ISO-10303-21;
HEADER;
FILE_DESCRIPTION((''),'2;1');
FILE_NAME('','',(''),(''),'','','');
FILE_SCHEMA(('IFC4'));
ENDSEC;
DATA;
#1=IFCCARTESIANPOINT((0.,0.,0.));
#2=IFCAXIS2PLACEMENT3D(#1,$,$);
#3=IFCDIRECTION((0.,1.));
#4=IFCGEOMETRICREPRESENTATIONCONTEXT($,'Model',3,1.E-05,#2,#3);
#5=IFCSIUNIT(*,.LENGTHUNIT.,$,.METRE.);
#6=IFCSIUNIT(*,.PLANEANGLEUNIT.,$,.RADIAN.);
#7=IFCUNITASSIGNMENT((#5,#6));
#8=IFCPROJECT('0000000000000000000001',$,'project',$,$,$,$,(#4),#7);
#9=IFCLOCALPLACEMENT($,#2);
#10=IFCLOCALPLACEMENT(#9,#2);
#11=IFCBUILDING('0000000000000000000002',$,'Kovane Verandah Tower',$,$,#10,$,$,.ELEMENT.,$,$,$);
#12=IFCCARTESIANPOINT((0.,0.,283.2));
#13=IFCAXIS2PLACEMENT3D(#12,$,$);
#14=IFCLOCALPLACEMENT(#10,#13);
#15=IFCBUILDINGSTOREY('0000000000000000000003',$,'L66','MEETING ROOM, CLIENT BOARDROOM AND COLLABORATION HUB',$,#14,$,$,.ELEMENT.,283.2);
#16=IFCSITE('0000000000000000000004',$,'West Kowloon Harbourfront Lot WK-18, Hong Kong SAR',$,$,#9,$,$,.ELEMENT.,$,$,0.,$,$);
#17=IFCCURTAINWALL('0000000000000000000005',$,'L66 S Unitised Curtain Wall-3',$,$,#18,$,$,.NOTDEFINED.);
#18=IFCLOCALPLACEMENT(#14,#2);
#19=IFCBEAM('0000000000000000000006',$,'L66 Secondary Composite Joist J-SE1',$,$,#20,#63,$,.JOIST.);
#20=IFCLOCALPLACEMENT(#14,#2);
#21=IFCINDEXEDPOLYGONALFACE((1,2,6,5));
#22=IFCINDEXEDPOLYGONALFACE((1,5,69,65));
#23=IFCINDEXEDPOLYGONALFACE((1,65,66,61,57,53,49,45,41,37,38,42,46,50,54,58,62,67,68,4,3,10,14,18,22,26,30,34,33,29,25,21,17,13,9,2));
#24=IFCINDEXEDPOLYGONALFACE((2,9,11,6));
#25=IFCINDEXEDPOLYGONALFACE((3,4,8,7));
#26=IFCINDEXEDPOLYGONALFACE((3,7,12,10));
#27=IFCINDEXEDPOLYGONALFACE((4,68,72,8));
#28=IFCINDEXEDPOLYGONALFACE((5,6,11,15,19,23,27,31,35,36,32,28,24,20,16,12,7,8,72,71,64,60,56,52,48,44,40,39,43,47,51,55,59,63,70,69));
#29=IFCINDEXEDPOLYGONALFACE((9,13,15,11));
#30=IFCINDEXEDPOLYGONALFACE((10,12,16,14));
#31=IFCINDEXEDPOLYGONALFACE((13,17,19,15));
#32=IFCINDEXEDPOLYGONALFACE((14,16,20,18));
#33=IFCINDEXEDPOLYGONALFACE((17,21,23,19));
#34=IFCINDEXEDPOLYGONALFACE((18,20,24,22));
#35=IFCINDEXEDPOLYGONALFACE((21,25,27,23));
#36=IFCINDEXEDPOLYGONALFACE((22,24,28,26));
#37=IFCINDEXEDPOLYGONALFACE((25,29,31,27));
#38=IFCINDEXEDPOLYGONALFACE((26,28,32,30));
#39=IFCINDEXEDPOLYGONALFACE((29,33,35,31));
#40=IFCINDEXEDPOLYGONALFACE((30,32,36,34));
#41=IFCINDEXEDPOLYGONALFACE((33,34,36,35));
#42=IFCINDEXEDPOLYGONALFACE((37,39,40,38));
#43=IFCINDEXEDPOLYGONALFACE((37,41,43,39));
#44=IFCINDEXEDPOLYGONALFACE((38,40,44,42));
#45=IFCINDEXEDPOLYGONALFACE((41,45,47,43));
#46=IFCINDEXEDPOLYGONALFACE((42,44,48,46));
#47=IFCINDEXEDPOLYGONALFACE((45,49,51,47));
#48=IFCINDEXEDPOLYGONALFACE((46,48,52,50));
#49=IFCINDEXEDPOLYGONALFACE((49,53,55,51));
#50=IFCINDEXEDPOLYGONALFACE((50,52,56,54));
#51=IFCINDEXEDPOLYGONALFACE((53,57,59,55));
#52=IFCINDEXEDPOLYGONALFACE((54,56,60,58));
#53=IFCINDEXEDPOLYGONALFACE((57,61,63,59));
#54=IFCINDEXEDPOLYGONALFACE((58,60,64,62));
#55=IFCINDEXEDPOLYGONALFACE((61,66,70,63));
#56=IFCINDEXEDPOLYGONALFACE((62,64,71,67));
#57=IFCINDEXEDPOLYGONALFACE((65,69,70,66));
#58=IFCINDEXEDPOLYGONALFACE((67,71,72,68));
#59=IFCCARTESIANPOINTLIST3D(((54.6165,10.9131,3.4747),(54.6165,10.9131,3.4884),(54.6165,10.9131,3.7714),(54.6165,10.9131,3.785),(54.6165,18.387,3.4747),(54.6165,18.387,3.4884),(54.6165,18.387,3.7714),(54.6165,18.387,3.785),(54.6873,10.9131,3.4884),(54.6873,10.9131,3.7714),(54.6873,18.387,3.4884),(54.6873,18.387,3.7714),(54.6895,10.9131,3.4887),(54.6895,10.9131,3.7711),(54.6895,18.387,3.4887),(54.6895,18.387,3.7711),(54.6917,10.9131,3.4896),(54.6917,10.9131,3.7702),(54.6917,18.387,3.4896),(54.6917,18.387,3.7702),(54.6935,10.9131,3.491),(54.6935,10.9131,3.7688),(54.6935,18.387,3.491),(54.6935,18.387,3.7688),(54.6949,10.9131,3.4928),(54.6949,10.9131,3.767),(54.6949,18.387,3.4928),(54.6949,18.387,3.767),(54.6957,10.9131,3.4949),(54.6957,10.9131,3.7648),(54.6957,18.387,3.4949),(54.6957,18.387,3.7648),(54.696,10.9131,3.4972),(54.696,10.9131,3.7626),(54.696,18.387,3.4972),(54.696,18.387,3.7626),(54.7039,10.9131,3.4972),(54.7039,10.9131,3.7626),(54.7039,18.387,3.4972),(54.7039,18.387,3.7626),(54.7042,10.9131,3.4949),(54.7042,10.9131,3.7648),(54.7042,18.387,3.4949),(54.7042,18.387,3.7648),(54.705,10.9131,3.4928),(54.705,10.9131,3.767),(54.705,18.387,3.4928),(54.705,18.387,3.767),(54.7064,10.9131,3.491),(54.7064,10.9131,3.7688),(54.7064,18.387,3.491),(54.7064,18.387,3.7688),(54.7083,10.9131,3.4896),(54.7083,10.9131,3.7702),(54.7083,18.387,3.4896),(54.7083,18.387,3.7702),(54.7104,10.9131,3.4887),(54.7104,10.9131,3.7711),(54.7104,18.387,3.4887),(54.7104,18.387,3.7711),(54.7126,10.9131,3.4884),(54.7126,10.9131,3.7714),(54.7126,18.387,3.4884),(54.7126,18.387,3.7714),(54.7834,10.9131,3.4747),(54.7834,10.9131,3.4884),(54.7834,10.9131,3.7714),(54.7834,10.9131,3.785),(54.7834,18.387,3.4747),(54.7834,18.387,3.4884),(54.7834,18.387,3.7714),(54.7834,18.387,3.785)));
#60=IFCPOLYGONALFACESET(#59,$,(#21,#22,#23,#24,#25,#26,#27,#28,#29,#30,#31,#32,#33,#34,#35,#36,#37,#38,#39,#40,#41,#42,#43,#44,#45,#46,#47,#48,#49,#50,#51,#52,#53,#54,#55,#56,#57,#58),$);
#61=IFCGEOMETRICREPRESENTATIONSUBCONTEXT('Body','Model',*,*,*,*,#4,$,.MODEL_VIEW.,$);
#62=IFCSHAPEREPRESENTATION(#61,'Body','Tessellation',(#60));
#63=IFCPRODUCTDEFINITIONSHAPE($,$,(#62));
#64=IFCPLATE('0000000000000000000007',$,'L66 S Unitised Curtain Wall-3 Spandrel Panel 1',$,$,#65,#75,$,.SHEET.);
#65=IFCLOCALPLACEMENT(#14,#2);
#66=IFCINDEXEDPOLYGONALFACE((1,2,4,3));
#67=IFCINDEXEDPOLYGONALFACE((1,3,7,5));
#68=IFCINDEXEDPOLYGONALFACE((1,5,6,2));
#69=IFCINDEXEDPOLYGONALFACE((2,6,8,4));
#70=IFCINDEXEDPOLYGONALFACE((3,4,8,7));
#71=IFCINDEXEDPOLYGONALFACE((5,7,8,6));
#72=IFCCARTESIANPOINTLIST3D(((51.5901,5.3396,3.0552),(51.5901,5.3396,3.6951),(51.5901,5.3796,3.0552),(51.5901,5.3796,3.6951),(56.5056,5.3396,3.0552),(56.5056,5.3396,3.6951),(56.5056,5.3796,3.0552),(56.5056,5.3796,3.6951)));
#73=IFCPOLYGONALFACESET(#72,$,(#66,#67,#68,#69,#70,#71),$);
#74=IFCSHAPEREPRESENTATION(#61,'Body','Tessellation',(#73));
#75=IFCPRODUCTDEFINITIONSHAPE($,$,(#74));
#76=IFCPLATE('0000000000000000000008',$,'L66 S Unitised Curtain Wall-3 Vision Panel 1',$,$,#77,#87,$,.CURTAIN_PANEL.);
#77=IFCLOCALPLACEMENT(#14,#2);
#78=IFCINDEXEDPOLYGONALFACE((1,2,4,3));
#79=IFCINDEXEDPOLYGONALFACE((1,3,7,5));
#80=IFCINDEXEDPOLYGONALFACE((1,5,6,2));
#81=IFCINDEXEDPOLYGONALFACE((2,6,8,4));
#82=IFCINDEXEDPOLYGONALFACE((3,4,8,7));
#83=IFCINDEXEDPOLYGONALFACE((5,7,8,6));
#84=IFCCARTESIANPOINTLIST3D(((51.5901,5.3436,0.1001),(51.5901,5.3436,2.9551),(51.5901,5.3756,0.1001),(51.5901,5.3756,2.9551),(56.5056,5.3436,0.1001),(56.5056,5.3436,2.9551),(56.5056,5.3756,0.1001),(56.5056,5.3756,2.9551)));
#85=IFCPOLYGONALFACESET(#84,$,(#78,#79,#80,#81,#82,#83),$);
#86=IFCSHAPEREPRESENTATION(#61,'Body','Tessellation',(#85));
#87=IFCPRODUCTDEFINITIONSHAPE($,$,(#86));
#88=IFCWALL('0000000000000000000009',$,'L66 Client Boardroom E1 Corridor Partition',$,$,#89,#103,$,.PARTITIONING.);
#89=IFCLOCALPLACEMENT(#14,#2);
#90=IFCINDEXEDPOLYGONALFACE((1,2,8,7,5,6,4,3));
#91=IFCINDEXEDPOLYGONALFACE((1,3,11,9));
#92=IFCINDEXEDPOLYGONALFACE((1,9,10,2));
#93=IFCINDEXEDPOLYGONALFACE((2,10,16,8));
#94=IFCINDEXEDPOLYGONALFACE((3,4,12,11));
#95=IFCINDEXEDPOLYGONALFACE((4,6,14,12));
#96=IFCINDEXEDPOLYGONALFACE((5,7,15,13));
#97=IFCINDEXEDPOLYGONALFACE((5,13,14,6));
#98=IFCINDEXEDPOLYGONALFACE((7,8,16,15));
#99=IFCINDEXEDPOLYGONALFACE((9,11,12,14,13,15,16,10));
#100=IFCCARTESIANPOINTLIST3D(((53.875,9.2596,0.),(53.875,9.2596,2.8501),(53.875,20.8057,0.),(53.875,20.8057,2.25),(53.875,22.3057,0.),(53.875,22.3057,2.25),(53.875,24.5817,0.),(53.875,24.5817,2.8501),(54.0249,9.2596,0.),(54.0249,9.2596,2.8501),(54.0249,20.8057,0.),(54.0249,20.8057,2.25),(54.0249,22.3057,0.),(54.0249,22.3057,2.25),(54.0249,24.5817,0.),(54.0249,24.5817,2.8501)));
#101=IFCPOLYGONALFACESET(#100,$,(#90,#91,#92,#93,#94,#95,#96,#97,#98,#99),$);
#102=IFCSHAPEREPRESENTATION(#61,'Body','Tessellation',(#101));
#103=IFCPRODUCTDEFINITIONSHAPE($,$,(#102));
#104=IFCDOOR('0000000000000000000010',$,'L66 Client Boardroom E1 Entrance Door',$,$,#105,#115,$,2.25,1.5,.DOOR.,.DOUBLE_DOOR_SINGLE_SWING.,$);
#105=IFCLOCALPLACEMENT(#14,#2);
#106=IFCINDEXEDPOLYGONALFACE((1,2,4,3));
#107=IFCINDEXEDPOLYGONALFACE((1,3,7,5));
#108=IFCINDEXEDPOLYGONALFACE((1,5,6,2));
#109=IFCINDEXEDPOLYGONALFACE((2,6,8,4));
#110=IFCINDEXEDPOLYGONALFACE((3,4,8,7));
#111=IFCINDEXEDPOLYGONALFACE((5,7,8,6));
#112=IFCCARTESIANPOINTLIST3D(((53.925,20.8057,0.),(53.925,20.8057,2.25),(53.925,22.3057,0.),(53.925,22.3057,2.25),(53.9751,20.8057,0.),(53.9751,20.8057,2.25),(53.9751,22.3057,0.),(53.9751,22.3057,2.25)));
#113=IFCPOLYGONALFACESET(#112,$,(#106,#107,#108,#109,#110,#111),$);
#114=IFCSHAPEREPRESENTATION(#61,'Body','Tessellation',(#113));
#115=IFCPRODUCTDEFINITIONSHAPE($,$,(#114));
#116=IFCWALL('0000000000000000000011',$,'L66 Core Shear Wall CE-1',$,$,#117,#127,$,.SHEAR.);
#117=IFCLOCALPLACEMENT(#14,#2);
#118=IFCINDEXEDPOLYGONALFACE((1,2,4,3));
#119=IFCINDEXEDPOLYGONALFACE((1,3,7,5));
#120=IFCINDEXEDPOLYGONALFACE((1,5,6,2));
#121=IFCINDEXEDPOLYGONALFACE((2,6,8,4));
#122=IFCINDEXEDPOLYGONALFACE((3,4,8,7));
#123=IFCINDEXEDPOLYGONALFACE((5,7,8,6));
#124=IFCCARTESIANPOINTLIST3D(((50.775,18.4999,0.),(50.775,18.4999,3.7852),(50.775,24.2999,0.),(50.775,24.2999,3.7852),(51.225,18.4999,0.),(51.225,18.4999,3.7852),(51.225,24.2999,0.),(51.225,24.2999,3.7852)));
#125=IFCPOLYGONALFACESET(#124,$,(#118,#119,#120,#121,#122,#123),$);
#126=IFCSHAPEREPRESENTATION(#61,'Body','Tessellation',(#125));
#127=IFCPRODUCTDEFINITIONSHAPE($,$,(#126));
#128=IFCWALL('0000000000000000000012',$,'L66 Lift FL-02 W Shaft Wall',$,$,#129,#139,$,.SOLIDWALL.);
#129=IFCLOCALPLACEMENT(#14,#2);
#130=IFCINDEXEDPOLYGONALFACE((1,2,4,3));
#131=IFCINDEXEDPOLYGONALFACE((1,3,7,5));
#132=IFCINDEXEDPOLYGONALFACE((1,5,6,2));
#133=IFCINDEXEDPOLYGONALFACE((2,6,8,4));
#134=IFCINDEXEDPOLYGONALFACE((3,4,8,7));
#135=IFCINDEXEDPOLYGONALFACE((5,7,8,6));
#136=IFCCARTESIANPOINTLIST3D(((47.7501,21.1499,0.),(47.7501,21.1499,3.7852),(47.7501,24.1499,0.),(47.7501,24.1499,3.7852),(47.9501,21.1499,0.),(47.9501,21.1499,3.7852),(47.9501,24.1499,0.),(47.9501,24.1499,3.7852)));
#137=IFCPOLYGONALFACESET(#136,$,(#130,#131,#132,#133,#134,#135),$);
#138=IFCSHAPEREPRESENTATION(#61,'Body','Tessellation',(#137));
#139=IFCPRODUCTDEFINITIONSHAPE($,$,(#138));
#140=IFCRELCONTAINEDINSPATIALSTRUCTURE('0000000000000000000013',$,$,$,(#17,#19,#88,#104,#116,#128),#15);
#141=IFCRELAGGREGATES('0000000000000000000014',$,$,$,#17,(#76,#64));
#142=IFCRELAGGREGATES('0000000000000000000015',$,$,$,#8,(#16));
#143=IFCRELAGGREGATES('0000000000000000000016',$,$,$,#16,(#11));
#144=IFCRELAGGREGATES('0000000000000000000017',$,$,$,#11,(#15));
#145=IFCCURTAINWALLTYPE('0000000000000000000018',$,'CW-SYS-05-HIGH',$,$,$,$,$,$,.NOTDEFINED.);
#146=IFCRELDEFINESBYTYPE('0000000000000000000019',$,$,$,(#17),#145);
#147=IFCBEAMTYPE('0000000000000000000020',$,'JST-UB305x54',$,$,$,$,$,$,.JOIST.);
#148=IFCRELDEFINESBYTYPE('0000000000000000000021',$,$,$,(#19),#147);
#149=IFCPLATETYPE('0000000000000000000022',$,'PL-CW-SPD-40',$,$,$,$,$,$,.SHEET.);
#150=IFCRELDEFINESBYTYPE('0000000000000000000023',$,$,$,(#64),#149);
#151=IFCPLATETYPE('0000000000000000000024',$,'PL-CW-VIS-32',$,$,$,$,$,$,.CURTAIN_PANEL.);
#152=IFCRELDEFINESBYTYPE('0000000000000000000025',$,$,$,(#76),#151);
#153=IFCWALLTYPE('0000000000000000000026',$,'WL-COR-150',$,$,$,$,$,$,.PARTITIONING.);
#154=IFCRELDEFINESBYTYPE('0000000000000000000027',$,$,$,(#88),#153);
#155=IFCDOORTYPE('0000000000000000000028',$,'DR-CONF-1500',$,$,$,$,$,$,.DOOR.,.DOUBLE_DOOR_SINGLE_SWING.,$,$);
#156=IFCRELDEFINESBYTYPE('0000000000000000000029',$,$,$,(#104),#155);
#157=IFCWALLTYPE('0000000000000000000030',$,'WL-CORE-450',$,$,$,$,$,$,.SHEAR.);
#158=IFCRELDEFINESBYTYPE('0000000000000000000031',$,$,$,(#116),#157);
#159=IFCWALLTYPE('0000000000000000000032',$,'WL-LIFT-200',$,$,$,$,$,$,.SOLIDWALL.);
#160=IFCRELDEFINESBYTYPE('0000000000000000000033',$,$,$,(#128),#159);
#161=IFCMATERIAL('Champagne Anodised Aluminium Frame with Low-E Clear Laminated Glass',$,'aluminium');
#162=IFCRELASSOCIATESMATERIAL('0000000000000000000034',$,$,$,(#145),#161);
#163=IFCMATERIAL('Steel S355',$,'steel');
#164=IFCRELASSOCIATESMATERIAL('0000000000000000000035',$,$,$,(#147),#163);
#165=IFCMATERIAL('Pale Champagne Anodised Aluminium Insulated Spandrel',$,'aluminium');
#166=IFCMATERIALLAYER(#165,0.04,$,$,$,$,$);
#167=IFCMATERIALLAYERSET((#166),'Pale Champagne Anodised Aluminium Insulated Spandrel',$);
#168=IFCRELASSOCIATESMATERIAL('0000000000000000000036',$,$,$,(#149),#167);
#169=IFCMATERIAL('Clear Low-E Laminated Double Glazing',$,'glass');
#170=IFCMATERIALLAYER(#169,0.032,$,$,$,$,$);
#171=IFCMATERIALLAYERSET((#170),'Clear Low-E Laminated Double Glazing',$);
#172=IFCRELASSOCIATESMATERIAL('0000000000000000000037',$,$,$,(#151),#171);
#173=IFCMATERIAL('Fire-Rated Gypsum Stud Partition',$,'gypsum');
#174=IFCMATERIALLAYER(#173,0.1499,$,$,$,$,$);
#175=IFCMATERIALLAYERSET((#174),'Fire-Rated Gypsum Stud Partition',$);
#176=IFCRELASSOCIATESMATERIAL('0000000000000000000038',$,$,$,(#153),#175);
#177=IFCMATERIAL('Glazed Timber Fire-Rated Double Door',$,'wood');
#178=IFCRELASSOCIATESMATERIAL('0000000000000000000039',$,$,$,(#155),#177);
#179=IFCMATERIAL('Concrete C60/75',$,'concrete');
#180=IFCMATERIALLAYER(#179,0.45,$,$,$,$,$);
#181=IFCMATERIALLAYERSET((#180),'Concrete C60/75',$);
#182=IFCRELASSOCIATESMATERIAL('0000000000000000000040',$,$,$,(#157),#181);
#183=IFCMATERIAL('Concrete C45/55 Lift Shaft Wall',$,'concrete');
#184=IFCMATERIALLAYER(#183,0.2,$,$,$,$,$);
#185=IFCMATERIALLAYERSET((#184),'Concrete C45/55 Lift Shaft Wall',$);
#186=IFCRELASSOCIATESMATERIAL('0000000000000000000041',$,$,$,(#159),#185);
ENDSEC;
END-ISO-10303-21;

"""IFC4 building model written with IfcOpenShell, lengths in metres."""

from ifc_helpers import new_model, si_unit, direction, frame, frame_2d, origin, origin_2d, place, context, subcontext, project, spatial, rectangle, i_section, extrude, material, layer, layer_set, material_profile, profile_set, type_object, element, fill, aggregate, save


model = new_model("IFC4")

# Units and contexts
model_context = context("Model", 3, precision=1e-05, world=origin(), true_north=direction((0.0, 1.0)))
body_context = subcontext(model_context, "Body", "Model", "MODEL_VIEW")
ifc_project = project(units=[si_unit("LENGTHUNIT", "METRE"), si_unit("PLANEANGLEUNIT", "RADIAN")], contexts=[model_context])

# Site, building, storey
site_placement = place(None, origin())
site = spatial("IfcSite", under=ifc_project, at=site_placement, Name="West Kowloon Harbourfront Lot WK-18, Hong Kong SAR", CompositionType="ELEMENT", RefElevation=0.0)
building_placement = place(site_placement, origin())
building = spatial("IfcBuilding", under=site, at=building_placement, Name="Kovane Verandah Tower", CompositionType="ELEMENT")
storey_placement = place(building_placement, frame((0.0, 0.0, 283.2)))
storey = spatial("IfcBuildingStorey", under=building, at=storey_placement, Name="L66", Description="MEETING ROOM, CLIENT BOARDROOM AND COLLABORATION HUB", CompositionType="ELEMENT", Elevation=283.2)

# Shared definitions
ifc_material_1 = material(Name="Concrete C60/75", Category="concrete")

# Shared definitions
ifc_material_2 = material(Name="Steel S355", Category="steel")

# Shared definitions
ifc_material_3 = material(Name="Champagne Anodised Aluminium Frame with Low-E Clear Laminated Glass", Category="aluminium")
curtain_wall_type = type_object("IfcCurtainWallType", Name="CW-SYS-05-HIGH", PredefinedType="NOTDEFINED", material=ifc_material_3)

# Curtain wall
curtain_wall_1_placement = place(storey_placement, origin())
curtain_wall_1 = element("IfcCurtainWall", 1, at=curtain_wall_1_placement, inside=storey, type_object=curtain_wall_type, Name="L66 S Unitised Curtain Wall-3", PredefinedType="NOTDEFINED")

# Beam
ifc_material_profile_1 = material_profile(ifc_material_2, i_section(OverallWidth=0.167, OverallDepth=0.3103, WebThickness=0.0078, FlangeThickness=0.0137, FilletRadius=0.0088, at=origin_2d()), Name="UB305x165x54")
ifc_profile_set_1 = profile_set([ifc_material_profile_1], Name="Steel S355")
beam_type_1 = type_object("IfcBeamType", Name="JST-UB305x54", PredefinedType="JOIST", material=ifc_profile_set_1)
beam_1_placement = place(storey_placement, frame((54.7, 10.9131, 3.6299), z_axis=(0.0, 1.0, 0.0), x_axis=(-1.0, 0.0, 0.0)))
element("IfcBeam", 2, at=beam_1_placement, inside=storey, type_object=beam_type_1, Name="L66 Secondary Composite Joist J-SE1", PredefinedType="JOIST", context=body_context, shape_type="SweptSolid", body=[
    extrude(i_section(OverallWidth=0.167, OverallDepth=0.3103, WebThickness=0.0078, FlangeThickness=0.0137, FilletRadius=0.0088, at=origin_2d()), origin(), (0.0, 0.0, 1.0), 7.4739),
])

# Plates
ifc_material_4 = material(Name="Pale Champagne Anodised Aluminium Insulated Spandrel", Category="aluminium")
ifc_layer_1 = layer(ifc_material_4, 0.04)
ifc_layer_set_1 = layer_set([ifc_layer_1], Name="Pale Champagne Anodised Aluminium Insulated Spandrel")
plate_type_1 = type_object("IfcPlateType", Name="PL-CW-SPD-40", PredefinedType="SHEET", material=ifc_layer_set_1)
plate_1_placement = place(storey_placement, frame((54.0479, 5.3596, 3.0552), z_axis=(0.0, 0.0, 1.0), x_axis=(1.0, 0.0, 0.0)))
plate_1 = element("IfcPlate", 3, at=plate_1_placement, type_object=plate_type_1, Name="L66 S Unitised Curtain Wall-3 Spandrel Panel 1", PredefinedType="SHEET", context=body_context, shape_type="SweptSolid", body=[
    extrude(rectangle(XDim=4.9155, YDim=0.04, at=origin_2d()), origin(), (0.0, 0.0, 1.0), 0.6399),
])
ifc_material_5 = material(Name="Clear Low-E Laminated Double Glazing", Category="glass")
ifc_layer_2 = layer(ifc_material_5, 0.032)
ifc_layer_set_2 = layer_set([ifc_layer_2], Name="Clear Low-E Laminated Double Glazing")
plate_type_2 = type_object("IfcPlateType", Name="PL-CW-VIS-32", PredefinedType="CURTAIN_PANEL", material=ifc_layer_set_2)
plate_2_placement = place(storey_placement, frame((54.0479, 5.3596, 0.1001), z_axis=(0.0, 0.0, 1.0), x_axis=(1.0, 0.0, 0.0)))
plate_2 = element("IfcPlate", 4, at=plate_2_placement, type_object=plate_type_2, Name="L66 S Unitised Curtain Wall-3 Vision Panel 1", PredefinedType="CURTAIN_PANEL", context=body_context, shape_type="SweptSolid", body=[
    extrude(rectangle(XDim=4.9155, YDim=0.032, at=origin_2d()), origin(), (0.0, 0.0, 1.0), 2.855),
])
aggregate(curtain_wall_1, [plate_2, plate_1])

# Wall, opening, door
ifc_material_6 = material(Name="Fire-Rated Gypsum Stud Partition", Category="gypsum")
ifc_layer_3 = layer(ifc_material_6, 0.1499)
ifc_layer_set_3 = layer_set([ifc_layer_3], Name="Fire-Rated Gypsum Stud Partition")
wall_type_1 = type_object("IfcWallType", Name="WL-COR-150", PredefinedType="PARTITIONING", material=ifc_layer_set_3)
wall_1_placement = place(storey_placement, frame((53.95, 9.2595, 0.0), z_axis=(0.0, 0.0, 1.0), x_axis=(0.0, 1.0, 0.0)))
wall_1 = element("IfcWall", 5, at=wall_1_placement, inside=storey, type_object=wall_type_1, Name="L66 Client Boardroom E1 Corridor Partition", PredefinedType="PARTITIONING", context=body_context, shape_type="SweptSolid", body=[
    extrude(rectangle(XDim=15.322, YDim=0.1499, at=frame_2d((7.6611, 0.0))), origin(), (0.0, 0.0, 1.0), 2.8501),
])
opening_1_placement = place(wall_1_placement, frame((11.5461, 0.0, 0.0)))
opening_1 = element("IfcOpeningElement", 6, at=opening_1_placement, cuts=wall_1, PredefinedType="OPENING", context=body_context, shape_type="SweptSolid", body=[
    extrude(rectangle(XDim=1.5, YDim=2.25, at=frame_2d((0.75, 1.125))), frame((0.0, 0.075, 0.0), z_axis=(0.0, -1.0, 0.0), x_axis=(1.0, 0.0, 0.0)), (0.0, 0.0, 1.0), 0.1499),
])
ifc_material_7 = material(Name="Glazed Timber Fire-Rated Double Door", Category="wood")
door_type_1 = type_object("IfcDoorType", Name="DR-CONF-1500", OperationType="DOUBLE_DOOR_SINGLE_SWING", PredefinedType="DOOR", material=ifc_material_7)
door_1_placement = place(opening_1_placement, origin())
door_1 = element("IfcDoor", 7, at=door_1_placement, inside=storey, type_object=door_type_1, Name="L66 Client Boardroom E1 Entrance Door", OperationType="DOUBLE_DOOR_SINGLE_SWING", OverallHeight=2.25, OverallWidth=1.5, PredefinedType="DOOR", context=body_context, shape_type="SweptSolid", body=[
    extrude(rectangle(XDim=1.5, YDim=2.25, at=frame_2d((0.75, 1.125))), frame((0.0, 0.0249, 0.0), z_axis=(0.0, -1.0, 0.0), x_axis=(1.0, 0.0, 0.0)), (0.0, 0.0, 1.0), 0.05),
])
fill(opening_1, door_1)

# Wall
ifc_layer_4 = layer(ifc_material_1, 0.45)
ifc_layer_set_4 = layer_set([ifc_layer_4], Name="Concrete C60/75")
wall_type_2 = type_object("IfcWallType", Name="WL-CORE-450", PredefinedType="SHEAR", material=ifc_layer_set_4)
wall_2_placement = place(storey_placement, frame((51.0, 18.5, 0.0), z_axis=(0.0, 0.0, 1.0), x_axis=(0.0, 1.0, 0.0)))
element("IfcWall", 8, at=wall_2_placement, inside=storey, type_object=wall_type_2, Name="L66 Core Shear Wall CE-1", PredefinedType="SHEAR", context=body_context, shape_type="SweptSolid", body=[
    extrude(rectangle(XDim=5.8, YDim=0.45, at=frame_2d((2.8999, 0.0))), origin(), (0.0, 0.0, 1.0), 3.7852),
])

# Shared definitions
ifc_material_8 = material(Name="Concrete C45/55 Lift Shaft Wall", Category="concrete")
ifc_layer_5 = layer(ifc_material_8, 0.2)
ifc_layer_set_5 = layer_set([ifc_layer_5], Name="Concrete C45/55 Lift Shaft Wall")
wall_type_3 = type_object("IfcWallType", Name="WL-LIFT-200", PredefinedType="SOLIDWALL", material=ifc_layer_set_5)

# Wall
wall_3_placement = place(storey_placement, frame((47.8501, 24.1499, 0.0), z_axis=(0.0, 0.0, 1.0), x_axis=(0.0, -1.0, 0.0)))
element("IfcWall", 9, at=wall_3_placement, inside=storey, type_object=wall_type_3, Name="L66 Lift FL-02 W Shaft Wall", PredefinedType="SOLIDWALL", context=body_context, shape_type="SweptSolid", body=[
    extrude(rectangle(XDim=3.0, YDim=0.2, at=frame_2d((1.5, 0.0))), origin(), (0.0, 0.0, 1.0), 3.7852),
])

save(model, "model.ifc")
